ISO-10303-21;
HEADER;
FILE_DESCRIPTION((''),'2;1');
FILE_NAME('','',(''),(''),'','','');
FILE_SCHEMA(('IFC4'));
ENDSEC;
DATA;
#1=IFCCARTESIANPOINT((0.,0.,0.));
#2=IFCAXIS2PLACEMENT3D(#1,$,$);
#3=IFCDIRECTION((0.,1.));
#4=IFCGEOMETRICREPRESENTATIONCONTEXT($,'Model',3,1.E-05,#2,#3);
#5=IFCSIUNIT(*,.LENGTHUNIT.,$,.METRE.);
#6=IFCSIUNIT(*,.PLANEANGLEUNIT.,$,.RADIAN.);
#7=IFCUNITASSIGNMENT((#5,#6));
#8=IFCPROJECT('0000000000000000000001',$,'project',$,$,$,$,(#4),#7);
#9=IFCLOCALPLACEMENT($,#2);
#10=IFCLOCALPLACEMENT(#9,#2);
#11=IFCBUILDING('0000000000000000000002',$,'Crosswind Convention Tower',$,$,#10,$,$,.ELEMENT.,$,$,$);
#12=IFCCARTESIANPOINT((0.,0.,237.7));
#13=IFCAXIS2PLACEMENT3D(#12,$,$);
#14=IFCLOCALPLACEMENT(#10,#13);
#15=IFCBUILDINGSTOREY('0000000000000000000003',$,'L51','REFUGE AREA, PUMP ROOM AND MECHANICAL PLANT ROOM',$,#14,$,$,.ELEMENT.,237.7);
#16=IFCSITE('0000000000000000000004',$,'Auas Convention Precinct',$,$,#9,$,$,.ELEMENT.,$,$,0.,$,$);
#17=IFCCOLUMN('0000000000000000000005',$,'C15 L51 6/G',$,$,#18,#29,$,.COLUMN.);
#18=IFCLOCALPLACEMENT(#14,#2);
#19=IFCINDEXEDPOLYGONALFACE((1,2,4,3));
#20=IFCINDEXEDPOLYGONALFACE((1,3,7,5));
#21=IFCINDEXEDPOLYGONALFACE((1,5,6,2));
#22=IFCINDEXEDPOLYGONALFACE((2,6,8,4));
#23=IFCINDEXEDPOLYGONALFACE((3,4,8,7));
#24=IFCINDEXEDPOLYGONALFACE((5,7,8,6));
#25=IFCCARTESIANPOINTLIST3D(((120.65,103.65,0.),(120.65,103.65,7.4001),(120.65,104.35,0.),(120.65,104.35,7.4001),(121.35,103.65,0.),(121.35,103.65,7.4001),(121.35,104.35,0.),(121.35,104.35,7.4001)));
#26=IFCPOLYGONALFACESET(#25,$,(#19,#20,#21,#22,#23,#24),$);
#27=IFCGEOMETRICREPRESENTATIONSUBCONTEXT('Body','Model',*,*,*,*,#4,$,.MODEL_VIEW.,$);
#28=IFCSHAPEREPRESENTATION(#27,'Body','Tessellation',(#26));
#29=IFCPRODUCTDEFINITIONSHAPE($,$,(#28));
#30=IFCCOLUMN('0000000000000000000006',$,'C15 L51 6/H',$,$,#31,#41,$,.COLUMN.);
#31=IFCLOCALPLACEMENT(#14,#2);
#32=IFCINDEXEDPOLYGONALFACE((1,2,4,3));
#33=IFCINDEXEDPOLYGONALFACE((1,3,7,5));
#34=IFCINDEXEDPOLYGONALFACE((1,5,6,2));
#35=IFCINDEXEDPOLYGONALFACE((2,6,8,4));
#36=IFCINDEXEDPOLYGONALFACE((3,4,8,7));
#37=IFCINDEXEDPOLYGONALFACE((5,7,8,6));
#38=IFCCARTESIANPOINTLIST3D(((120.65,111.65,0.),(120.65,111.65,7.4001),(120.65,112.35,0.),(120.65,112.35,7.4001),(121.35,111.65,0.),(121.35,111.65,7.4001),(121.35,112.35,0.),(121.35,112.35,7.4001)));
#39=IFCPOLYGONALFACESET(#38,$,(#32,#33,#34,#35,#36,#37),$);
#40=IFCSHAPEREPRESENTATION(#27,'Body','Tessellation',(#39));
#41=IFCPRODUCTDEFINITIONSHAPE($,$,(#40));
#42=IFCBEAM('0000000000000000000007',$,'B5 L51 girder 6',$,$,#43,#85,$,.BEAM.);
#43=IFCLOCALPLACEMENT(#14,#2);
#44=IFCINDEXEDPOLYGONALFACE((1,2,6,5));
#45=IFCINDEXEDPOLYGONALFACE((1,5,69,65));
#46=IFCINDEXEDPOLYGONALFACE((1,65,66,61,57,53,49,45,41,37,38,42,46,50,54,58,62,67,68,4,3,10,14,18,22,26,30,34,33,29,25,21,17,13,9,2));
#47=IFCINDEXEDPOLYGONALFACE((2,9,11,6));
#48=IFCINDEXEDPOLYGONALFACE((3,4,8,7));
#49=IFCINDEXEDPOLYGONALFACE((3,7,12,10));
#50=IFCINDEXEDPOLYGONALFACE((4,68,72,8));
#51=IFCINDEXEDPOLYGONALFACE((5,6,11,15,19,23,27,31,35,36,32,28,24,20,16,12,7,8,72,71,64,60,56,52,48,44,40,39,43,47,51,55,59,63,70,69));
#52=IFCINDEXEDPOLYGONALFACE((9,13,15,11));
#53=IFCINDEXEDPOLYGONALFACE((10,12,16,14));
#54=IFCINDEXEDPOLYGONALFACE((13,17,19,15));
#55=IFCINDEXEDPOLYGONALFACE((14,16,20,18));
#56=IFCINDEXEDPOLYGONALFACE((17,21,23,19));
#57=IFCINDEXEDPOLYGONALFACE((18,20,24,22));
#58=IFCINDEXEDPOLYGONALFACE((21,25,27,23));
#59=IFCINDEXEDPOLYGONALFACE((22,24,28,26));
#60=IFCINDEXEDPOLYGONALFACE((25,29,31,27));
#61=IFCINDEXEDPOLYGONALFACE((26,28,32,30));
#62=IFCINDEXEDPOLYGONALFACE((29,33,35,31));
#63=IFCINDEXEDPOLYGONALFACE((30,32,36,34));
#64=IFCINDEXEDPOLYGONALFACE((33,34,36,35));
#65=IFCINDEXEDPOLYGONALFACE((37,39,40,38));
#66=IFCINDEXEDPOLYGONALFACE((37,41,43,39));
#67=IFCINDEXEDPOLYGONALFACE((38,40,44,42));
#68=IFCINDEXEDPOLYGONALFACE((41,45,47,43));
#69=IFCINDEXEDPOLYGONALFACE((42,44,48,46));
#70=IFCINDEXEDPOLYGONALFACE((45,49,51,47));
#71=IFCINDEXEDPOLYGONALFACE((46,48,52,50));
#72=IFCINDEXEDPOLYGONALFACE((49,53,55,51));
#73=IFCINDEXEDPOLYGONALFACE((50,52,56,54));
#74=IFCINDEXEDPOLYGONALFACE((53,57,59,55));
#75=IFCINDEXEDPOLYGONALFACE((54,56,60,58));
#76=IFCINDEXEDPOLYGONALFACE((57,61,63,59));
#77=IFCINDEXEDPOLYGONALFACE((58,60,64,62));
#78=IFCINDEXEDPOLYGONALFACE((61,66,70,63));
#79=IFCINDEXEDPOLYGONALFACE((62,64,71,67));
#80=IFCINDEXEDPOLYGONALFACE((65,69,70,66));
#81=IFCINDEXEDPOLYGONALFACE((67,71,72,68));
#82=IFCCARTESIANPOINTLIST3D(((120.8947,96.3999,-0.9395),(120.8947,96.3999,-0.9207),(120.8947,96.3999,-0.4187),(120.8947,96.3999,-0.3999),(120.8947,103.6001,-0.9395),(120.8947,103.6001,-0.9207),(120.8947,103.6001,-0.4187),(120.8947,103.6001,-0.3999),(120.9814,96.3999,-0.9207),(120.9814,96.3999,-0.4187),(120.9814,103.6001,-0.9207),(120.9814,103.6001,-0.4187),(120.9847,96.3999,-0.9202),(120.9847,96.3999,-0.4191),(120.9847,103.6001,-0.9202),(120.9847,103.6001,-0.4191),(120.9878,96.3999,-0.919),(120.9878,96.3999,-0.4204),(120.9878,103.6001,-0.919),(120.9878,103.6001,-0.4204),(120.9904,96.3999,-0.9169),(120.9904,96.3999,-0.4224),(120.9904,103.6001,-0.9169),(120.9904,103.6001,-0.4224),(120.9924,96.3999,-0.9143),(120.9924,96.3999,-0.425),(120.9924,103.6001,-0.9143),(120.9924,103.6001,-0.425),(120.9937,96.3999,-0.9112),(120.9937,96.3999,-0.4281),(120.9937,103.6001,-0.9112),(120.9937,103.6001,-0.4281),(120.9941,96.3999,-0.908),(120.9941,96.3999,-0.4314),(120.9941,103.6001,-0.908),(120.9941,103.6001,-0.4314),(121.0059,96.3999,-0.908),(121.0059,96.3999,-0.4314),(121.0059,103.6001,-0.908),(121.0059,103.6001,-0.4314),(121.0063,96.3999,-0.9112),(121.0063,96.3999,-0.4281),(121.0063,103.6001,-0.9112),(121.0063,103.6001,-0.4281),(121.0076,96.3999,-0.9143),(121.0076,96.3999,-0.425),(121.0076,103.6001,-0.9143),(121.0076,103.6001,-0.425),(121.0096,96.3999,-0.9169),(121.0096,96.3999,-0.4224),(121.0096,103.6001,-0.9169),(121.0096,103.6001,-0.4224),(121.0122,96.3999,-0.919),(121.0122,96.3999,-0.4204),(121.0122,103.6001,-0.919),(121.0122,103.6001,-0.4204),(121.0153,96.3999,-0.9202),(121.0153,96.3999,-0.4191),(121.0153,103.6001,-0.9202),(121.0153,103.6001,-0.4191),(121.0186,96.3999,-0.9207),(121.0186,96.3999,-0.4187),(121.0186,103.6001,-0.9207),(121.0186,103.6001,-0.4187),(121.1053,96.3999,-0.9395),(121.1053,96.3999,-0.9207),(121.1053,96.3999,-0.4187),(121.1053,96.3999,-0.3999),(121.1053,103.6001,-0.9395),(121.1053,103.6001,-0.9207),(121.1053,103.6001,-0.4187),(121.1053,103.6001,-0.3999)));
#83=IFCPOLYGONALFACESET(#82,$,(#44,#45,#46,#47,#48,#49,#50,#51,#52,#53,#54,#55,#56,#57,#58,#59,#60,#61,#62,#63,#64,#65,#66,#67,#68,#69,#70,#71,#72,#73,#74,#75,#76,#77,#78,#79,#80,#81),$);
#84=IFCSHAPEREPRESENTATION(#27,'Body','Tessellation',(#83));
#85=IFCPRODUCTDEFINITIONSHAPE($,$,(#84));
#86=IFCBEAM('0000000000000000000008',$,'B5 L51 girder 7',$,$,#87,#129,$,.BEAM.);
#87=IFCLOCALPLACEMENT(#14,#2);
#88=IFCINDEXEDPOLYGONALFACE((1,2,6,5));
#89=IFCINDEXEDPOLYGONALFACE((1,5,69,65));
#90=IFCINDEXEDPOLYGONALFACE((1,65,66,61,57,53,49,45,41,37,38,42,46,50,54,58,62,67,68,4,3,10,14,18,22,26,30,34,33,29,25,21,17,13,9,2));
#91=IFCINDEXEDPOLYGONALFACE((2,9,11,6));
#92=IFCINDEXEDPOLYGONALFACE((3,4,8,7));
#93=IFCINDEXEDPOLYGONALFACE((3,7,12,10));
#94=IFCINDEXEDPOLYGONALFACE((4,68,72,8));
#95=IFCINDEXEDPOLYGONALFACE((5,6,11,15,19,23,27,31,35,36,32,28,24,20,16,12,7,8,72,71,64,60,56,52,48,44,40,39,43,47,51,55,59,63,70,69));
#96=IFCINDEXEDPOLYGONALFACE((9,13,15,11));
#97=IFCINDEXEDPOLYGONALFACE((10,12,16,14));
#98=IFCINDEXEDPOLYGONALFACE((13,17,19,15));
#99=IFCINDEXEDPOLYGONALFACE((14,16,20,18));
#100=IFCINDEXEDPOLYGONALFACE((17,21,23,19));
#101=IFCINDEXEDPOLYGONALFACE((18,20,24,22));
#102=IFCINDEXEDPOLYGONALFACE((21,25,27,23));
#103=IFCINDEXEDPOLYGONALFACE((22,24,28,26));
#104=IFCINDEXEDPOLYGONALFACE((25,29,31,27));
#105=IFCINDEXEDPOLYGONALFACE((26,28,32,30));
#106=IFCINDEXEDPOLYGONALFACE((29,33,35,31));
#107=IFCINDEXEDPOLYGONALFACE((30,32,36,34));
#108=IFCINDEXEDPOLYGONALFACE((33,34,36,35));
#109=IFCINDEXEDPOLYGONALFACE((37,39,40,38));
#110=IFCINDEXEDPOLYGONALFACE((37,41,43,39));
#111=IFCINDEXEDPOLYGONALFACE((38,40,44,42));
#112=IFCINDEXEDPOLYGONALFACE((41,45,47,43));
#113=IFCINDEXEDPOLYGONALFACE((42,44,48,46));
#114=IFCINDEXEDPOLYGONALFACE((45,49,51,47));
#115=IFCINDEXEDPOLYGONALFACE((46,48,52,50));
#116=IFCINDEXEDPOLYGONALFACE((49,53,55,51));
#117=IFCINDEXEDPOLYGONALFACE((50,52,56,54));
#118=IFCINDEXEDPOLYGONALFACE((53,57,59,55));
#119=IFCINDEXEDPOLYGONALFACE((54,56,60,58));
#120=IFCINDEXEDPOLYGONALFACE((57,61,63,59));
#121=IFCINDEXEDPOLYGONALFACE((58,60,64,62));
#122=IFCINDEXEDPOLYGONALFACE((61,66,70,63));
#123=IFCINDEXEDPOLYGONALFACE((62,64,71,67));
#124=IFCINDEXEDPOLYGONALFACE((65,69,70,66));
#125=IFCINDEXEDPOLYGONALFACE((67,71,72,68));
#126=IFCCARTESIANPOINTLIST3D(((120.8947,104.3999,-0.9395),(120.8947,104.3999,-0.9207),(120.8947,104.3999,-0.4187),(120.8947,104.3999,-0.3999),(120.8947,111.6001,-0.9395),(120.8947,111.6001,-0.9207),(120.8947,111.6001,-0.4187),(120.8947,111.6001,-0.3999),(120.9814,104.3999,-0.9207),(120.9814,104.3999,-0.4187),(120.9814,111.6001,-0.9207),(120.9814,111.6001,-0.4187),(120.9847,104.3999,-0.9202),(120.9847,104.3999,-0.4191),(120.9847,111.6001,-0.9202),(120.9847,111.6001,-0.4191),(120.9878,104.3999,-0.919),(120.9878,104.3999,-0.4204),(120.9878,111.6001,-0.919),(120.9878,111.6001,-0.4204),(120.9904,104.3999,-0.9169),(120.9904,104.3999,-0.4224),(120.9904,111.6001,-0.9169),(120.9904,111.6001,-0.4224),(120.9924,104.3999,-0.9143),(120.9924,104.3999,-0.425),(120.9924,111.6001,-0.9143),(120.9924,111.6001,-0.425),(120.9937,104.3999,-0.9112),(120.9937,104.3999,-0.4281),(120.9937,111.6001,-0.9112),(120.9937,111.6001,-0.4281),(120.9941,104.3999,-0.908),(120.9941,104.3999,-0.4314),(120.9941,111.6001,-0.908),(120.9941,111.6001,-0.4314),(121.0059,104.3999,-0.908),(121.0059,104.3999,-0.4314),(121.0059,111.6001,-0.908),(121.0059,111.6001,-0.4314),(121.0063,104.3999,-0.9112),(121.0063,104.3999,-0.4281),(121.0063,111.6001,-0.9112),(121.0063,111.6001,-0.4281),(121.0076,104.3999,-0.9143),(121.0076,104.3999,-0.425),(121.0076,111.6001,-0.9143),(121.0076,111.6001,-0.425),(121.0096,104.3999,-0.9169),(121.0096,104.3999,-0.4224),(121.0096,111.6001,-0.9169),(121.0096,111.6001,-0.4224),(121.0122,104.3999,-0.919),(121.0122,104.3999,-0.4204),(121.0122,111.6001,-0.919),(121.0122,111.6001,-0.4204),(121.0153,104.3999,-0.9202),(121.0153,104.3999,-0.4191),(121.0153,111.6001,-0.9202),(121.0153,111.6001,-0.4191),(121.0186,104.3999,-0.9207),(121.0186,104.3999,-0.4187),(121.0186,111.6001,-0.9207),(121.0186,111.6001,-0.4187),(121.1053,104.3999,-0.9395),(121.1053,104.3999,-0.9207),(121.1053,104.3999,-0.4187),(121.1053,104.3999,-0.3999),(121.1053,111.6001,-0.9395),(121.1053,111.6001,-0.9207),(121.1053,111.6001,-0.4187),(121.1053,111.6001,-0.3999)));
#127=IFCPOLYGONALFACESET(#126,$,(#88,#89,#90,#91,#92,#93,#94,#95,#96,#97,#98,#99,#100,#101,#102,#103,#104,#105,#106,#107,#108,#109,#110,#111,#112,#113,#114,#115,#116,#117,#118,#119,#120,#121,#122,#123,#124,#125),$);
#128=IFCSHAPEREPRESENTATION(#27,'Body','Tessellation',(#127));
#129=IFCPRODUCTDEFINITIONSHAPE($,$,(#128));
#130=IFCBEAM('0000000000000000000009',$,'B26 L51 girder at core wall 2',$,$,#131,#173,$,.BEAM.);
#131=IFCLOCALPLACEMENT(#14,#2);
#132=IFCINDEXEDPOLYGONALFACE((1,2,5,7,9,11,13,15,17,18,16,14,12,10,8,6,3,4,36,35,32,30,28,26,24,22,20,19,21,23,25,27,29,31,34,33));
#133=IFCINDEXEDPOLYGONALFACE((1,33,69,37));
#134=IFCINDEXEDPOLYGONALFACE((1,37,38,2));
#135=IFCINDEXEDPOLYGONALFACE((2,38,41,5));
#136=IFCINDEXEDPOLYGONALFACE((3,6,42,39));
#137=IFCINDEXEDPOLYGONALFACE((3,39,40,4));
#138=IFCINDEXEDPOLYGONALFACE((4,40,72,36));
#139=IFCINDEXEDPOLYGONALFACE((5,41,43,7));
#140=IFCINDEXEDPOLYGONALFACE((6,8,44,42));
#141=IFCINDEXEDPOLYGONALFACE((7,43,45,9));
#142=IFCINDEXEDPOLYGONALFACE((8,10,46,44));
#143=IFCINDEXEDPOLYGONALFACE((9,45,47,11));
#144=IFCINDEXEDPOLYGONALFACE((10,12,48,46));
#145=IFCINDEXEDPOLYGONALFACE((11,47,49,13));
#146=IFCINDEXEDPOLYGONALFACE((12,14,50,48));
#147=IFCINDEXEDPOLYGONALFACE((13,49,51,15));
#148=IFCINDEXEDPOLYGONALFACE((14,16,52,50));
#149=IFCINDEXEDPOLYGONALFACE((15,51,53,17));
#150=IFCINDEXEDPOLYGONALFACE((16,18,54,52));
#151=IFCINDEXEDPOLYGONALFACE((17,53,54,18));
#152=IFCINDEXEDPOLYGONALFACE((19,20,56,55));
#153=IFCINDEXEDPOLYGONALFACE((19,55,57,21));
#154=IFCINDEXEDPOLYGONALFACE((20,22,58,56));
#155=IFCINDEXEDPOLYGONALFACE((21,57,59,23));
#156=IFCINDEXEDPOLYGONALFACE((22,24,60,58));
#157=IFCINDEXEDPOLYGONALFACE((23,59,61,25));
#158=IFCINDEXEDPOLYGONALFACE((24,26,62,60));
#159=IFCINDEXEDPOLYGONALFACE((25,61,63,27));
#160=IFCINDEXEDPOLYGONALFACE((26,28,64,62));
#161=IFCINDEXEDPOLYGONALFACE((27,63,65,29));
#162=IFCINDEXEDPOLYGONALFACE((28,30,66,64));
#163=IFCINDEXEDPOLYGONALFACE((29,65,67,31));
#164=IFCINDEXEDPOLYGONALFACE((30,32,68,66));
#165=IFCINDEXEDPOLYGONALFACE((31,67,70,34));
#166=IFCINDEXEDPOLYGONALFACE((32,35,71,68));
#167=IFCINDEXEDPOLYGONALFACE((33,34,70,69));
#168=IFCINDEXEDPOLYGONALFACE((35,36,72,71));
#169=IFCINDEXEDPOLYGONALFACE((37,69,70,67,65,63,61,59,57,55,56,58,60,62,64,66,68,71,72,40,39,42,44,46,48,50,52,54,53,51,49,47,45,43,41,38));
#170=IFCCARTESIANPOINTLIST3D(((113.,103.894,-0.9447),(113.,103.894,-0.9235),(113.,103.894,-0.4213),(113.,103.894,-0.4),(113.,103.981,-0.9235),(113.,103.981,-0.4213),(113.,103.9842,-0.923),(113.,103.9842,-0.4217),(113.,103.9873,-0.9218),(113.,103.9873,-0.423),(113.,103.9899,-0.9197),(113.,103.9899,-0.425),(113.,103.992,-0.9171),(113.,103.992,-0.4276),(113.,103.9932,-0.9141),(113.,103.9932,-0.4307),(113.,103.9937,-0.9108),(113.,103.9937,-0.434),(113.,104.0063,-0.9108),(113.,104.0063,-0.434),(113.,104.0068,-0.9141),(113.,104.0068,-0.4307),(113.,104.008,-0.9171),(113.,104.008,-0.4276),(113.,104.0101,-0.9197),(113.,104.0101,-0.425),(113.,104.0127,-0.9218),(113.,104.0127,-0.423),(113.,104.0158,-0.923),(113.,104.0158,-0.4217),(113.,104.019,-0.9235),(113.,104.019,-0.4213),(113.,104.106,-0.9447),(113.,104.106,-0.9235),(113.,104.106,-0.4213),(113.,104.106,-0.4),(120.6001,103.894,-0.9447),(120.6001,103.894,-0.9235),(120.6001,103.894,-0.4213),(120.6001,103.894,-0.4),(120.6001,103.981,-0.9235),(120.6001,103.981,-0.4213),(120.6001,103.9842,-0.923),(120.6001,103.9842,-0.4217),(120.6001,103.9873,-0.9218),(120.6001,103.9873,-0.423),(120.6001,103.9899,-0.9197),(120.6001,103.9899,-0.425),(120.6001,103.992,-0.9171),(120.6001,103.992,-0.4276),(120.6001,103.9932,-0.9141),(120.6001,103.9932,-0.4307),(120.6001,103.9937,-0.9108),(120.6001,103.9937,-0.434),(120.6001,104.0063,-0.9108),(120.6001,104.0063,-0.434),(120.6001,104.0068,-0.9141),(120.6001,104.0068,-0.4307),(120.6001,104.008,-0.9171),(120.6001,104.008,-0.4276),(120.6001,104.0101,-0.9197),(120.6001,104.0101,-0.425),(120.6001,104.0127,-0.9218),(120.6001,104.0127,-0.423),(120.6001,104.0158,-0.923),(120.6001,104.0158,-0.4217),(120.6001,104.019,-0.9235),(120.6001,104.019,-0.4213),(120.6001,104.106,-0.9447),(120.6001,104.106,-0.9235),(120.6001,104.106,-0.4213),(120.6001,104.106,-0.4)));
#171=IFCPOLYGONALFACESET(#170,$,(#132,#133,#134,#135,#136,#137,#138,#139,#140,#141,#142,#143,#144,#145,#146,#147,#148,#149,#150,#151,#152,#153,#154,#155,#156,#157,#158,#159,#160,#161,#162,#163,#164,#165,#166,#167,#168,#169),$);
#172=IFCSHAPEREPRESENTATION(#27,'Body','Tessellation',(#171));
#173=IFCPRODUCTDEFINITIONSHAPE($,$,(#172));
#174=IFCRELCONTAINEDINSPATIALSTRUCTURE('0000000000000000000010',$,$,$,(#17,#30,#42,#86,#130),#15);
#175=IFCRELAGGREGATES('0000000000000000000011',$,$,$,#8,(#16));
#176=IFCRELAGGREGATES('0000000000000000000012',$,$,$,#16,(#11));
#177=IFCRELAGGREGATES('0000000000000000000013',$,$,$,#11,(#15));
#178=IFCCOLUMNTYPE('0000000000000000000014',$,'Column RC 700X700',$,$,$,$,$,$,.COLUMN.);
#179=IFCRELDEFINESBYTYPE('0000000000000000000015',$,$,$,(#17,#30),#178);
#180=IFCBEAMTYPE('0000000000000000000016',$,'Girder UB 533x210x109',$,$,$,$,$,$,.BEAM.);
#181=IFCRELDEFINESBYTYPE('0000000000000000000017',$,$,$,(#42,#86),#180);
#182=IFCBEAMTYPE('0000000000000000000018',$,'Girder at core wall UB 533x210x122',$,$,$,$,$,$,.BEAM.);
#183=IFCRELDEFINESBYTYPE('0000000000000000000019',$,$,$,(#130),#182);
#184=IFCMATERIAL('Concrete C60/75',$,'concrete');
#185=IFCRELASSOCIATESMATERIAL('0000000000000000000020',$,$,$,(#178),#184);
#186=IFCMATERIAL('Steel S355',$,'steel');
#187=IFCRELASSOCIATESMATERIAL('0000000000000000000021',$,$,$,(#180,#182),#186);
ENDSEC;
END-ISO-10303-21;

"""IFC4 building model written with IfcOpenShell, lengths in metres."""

from ifc_helpers import new_model, si_unit, direction, frame, origin, origin_2d, place, context, subcontext, project, spatial, rectangle, i_section, extrude, material, material_profile, profile_set, type_object, element, save


model = new_model("IFC4")

# Units and contexts
model_context = context("Model", 3, precision=1e-05, world=origin(), true_north=direction((0.0, 1.0)))
body_context = subcontext(model_context, "Body", "Model", "MODEL_VIEW")
ifc_project = project(units=[si_unit("LENGTHUNIT", "METRE"), si_unit("PLANEANGLEUNIT", "RADIAN")], contexts=[model_context])

# Site, building, storey
site_placement = place(None, origin())
site = spatial("IfcSite", under=ifc_project, at=site_placement, Name="Auas Convention Precinct", CompositionType="ELEMENT", RefElevation=0.0)
building_placement = place(site_placement, origin())
building = spatial("IfcBuilding", under=site, at=building_placement, Name="Crosswind Convention Tower", CompositionType="ELEMENT")
storey_placement = place(building_placement, frame((0.0, 0.0, 237.7)))
storey = spatial("IfcBuildingStorey", under=building, at=storey_placement, Name="L51", Description="REFUGE AREA, PUMP ROOM AND MECHANICAL PLANT ROOM", CompositionType="ELEMENT", Elevation=237.7)

# Columns
ifc_material_1 = material(Name="Concrete C60/75", Category="concrete")
ifc_material_profile_1 = material_profile(ifc_material_1, rectangle(XDim=0.7, YDim=0.7, at=origin_2d()), Name="RC 700X700")
ifc_profile_set_1 = profile_set([ifc_material_profile_1], Name="Concrete C60/75")
column_type = type_object("IfcColumnType", Name="Column RC 700X700", PredefinedType="COLUMN", material=ifc_profile_set_1)
for number, where, z_axis, x_axis, name in (
    (1, (121.0, 104.0, 0.0), (0.0, 0.0, 1.0), (1.0, 0.0, 0.0), "C15 L51 6/G"),
    (2, (121.0, 112.0, 0.0), (0.0, 0.0, 1.0), (1.0, 0.0, 0.0), "C15 L51 6/H"),
):
    element("IfcColumn", number, at=place(storey_placement, frame(where, z_axis=z_axis, x_axis=x_axis)), inside=storey, type_object=column_type, Name=name, PredefinedType="COLUMN", context=body_context, shape_type="SweptSolid", body=[
        extrude(rectangle(XDim=0.7, YDim=0.7, at=origin_2d()), origin(), (0.0, 0.0, 1.0), 7.4001),
    ])

# Beams
ifc_material_2 = material(Name="Steel S355", Category="steel")
ifc_material_profile_2 = material_profile(ifc_material_2, i_section(OverallWidth=0.2107, OverallDepth=0.5396, WebThickness=0.0117, FlangeThickness=0.0188, FilletRadius=0.0127, at=origin_2d()), Name="UB 533x210x109")
ifc_profile_set_2 = profile_set([ifc_material_profile_2], Name="Steel S355")
beam_type_1 = type_object("IfcBeamType", Name="Girder UB 533x210x109", PredefinedType="BEAM", material=ifc_profile_set_2)
for number, where, z_axis, x_axis, name in (
    (3, (121.0, 96.3999, -0.6697), (0.0, 1.0, 0.0), (-1.0, 0.0, 0.0), "B5 L51 girder 6"),
    (4, (121.0, 104.3999, -0.6697), (0.0, 1.0, 0.0), (-1.0, 0.0, 0.0), "B5 L51 girder 7"),
):
    element("IfcBeam", number, at=place(storey_placement, frame(where, z_axis=z_axis, x_axis=x_axis)), inside=storey, type_object=beam_type_1, Name=name, PredefinedType="BEAM", context=body_context, shape_type="SweptSolid", body=[
        extrude(i_section(OverallWidth=0.2107, OverallDepth=0.5396, WebThickness=0.0117, FlangeThickness=0.0188, FilletRadius=0.0127, at=origin_2d()), origin(), (0.0, 0.0, 1.0), 7.2002),
    ])
ifc_material_profile_3 = material_profile(ifc_material_2, i_section(OverallWidth=0.2119, OverallDepth=0.5447, WebThickness=0.0127, FlangeThickness=0.0212, FilletRadius=0.0127, at=origin_2d()), Name="UB 533x210x122")
ifc_profile_set_3 = profile_set([ifc_material_profile_3], Name="Steel S355")
beam_type_2 = type_object("IfcBeamType", Name="Girder at core wall UB 533x210x122", PredefinedType="BEAM", material=ifc_profile_set_3)
beam_placement = place(storey_placement, frame((113.0, 104.0, -0.6724), z_axis=(1.0, 0.0, 0.0), x_axis=(0.0, 1.0, 0.0)))
element("IfcBeam", 5, at=beam_placement, inside=storey, type_object=beam_type_2, Name="B26 L51 girder at core wall 2", PredefinedType="BEAM", context=body_context, shape_type="SweptSolid", body=[
    extrude(i_section(OverallWidth=0.2119, OverallDepth=0.5447, WebThickness=0.0127, FlangeThickness=0.0212, FilletRadius=0.0127, at=origin_2d()), origin(), (0.0, 0.0, 1.0), 7.6001),
])

save(model, "model.ifc")
